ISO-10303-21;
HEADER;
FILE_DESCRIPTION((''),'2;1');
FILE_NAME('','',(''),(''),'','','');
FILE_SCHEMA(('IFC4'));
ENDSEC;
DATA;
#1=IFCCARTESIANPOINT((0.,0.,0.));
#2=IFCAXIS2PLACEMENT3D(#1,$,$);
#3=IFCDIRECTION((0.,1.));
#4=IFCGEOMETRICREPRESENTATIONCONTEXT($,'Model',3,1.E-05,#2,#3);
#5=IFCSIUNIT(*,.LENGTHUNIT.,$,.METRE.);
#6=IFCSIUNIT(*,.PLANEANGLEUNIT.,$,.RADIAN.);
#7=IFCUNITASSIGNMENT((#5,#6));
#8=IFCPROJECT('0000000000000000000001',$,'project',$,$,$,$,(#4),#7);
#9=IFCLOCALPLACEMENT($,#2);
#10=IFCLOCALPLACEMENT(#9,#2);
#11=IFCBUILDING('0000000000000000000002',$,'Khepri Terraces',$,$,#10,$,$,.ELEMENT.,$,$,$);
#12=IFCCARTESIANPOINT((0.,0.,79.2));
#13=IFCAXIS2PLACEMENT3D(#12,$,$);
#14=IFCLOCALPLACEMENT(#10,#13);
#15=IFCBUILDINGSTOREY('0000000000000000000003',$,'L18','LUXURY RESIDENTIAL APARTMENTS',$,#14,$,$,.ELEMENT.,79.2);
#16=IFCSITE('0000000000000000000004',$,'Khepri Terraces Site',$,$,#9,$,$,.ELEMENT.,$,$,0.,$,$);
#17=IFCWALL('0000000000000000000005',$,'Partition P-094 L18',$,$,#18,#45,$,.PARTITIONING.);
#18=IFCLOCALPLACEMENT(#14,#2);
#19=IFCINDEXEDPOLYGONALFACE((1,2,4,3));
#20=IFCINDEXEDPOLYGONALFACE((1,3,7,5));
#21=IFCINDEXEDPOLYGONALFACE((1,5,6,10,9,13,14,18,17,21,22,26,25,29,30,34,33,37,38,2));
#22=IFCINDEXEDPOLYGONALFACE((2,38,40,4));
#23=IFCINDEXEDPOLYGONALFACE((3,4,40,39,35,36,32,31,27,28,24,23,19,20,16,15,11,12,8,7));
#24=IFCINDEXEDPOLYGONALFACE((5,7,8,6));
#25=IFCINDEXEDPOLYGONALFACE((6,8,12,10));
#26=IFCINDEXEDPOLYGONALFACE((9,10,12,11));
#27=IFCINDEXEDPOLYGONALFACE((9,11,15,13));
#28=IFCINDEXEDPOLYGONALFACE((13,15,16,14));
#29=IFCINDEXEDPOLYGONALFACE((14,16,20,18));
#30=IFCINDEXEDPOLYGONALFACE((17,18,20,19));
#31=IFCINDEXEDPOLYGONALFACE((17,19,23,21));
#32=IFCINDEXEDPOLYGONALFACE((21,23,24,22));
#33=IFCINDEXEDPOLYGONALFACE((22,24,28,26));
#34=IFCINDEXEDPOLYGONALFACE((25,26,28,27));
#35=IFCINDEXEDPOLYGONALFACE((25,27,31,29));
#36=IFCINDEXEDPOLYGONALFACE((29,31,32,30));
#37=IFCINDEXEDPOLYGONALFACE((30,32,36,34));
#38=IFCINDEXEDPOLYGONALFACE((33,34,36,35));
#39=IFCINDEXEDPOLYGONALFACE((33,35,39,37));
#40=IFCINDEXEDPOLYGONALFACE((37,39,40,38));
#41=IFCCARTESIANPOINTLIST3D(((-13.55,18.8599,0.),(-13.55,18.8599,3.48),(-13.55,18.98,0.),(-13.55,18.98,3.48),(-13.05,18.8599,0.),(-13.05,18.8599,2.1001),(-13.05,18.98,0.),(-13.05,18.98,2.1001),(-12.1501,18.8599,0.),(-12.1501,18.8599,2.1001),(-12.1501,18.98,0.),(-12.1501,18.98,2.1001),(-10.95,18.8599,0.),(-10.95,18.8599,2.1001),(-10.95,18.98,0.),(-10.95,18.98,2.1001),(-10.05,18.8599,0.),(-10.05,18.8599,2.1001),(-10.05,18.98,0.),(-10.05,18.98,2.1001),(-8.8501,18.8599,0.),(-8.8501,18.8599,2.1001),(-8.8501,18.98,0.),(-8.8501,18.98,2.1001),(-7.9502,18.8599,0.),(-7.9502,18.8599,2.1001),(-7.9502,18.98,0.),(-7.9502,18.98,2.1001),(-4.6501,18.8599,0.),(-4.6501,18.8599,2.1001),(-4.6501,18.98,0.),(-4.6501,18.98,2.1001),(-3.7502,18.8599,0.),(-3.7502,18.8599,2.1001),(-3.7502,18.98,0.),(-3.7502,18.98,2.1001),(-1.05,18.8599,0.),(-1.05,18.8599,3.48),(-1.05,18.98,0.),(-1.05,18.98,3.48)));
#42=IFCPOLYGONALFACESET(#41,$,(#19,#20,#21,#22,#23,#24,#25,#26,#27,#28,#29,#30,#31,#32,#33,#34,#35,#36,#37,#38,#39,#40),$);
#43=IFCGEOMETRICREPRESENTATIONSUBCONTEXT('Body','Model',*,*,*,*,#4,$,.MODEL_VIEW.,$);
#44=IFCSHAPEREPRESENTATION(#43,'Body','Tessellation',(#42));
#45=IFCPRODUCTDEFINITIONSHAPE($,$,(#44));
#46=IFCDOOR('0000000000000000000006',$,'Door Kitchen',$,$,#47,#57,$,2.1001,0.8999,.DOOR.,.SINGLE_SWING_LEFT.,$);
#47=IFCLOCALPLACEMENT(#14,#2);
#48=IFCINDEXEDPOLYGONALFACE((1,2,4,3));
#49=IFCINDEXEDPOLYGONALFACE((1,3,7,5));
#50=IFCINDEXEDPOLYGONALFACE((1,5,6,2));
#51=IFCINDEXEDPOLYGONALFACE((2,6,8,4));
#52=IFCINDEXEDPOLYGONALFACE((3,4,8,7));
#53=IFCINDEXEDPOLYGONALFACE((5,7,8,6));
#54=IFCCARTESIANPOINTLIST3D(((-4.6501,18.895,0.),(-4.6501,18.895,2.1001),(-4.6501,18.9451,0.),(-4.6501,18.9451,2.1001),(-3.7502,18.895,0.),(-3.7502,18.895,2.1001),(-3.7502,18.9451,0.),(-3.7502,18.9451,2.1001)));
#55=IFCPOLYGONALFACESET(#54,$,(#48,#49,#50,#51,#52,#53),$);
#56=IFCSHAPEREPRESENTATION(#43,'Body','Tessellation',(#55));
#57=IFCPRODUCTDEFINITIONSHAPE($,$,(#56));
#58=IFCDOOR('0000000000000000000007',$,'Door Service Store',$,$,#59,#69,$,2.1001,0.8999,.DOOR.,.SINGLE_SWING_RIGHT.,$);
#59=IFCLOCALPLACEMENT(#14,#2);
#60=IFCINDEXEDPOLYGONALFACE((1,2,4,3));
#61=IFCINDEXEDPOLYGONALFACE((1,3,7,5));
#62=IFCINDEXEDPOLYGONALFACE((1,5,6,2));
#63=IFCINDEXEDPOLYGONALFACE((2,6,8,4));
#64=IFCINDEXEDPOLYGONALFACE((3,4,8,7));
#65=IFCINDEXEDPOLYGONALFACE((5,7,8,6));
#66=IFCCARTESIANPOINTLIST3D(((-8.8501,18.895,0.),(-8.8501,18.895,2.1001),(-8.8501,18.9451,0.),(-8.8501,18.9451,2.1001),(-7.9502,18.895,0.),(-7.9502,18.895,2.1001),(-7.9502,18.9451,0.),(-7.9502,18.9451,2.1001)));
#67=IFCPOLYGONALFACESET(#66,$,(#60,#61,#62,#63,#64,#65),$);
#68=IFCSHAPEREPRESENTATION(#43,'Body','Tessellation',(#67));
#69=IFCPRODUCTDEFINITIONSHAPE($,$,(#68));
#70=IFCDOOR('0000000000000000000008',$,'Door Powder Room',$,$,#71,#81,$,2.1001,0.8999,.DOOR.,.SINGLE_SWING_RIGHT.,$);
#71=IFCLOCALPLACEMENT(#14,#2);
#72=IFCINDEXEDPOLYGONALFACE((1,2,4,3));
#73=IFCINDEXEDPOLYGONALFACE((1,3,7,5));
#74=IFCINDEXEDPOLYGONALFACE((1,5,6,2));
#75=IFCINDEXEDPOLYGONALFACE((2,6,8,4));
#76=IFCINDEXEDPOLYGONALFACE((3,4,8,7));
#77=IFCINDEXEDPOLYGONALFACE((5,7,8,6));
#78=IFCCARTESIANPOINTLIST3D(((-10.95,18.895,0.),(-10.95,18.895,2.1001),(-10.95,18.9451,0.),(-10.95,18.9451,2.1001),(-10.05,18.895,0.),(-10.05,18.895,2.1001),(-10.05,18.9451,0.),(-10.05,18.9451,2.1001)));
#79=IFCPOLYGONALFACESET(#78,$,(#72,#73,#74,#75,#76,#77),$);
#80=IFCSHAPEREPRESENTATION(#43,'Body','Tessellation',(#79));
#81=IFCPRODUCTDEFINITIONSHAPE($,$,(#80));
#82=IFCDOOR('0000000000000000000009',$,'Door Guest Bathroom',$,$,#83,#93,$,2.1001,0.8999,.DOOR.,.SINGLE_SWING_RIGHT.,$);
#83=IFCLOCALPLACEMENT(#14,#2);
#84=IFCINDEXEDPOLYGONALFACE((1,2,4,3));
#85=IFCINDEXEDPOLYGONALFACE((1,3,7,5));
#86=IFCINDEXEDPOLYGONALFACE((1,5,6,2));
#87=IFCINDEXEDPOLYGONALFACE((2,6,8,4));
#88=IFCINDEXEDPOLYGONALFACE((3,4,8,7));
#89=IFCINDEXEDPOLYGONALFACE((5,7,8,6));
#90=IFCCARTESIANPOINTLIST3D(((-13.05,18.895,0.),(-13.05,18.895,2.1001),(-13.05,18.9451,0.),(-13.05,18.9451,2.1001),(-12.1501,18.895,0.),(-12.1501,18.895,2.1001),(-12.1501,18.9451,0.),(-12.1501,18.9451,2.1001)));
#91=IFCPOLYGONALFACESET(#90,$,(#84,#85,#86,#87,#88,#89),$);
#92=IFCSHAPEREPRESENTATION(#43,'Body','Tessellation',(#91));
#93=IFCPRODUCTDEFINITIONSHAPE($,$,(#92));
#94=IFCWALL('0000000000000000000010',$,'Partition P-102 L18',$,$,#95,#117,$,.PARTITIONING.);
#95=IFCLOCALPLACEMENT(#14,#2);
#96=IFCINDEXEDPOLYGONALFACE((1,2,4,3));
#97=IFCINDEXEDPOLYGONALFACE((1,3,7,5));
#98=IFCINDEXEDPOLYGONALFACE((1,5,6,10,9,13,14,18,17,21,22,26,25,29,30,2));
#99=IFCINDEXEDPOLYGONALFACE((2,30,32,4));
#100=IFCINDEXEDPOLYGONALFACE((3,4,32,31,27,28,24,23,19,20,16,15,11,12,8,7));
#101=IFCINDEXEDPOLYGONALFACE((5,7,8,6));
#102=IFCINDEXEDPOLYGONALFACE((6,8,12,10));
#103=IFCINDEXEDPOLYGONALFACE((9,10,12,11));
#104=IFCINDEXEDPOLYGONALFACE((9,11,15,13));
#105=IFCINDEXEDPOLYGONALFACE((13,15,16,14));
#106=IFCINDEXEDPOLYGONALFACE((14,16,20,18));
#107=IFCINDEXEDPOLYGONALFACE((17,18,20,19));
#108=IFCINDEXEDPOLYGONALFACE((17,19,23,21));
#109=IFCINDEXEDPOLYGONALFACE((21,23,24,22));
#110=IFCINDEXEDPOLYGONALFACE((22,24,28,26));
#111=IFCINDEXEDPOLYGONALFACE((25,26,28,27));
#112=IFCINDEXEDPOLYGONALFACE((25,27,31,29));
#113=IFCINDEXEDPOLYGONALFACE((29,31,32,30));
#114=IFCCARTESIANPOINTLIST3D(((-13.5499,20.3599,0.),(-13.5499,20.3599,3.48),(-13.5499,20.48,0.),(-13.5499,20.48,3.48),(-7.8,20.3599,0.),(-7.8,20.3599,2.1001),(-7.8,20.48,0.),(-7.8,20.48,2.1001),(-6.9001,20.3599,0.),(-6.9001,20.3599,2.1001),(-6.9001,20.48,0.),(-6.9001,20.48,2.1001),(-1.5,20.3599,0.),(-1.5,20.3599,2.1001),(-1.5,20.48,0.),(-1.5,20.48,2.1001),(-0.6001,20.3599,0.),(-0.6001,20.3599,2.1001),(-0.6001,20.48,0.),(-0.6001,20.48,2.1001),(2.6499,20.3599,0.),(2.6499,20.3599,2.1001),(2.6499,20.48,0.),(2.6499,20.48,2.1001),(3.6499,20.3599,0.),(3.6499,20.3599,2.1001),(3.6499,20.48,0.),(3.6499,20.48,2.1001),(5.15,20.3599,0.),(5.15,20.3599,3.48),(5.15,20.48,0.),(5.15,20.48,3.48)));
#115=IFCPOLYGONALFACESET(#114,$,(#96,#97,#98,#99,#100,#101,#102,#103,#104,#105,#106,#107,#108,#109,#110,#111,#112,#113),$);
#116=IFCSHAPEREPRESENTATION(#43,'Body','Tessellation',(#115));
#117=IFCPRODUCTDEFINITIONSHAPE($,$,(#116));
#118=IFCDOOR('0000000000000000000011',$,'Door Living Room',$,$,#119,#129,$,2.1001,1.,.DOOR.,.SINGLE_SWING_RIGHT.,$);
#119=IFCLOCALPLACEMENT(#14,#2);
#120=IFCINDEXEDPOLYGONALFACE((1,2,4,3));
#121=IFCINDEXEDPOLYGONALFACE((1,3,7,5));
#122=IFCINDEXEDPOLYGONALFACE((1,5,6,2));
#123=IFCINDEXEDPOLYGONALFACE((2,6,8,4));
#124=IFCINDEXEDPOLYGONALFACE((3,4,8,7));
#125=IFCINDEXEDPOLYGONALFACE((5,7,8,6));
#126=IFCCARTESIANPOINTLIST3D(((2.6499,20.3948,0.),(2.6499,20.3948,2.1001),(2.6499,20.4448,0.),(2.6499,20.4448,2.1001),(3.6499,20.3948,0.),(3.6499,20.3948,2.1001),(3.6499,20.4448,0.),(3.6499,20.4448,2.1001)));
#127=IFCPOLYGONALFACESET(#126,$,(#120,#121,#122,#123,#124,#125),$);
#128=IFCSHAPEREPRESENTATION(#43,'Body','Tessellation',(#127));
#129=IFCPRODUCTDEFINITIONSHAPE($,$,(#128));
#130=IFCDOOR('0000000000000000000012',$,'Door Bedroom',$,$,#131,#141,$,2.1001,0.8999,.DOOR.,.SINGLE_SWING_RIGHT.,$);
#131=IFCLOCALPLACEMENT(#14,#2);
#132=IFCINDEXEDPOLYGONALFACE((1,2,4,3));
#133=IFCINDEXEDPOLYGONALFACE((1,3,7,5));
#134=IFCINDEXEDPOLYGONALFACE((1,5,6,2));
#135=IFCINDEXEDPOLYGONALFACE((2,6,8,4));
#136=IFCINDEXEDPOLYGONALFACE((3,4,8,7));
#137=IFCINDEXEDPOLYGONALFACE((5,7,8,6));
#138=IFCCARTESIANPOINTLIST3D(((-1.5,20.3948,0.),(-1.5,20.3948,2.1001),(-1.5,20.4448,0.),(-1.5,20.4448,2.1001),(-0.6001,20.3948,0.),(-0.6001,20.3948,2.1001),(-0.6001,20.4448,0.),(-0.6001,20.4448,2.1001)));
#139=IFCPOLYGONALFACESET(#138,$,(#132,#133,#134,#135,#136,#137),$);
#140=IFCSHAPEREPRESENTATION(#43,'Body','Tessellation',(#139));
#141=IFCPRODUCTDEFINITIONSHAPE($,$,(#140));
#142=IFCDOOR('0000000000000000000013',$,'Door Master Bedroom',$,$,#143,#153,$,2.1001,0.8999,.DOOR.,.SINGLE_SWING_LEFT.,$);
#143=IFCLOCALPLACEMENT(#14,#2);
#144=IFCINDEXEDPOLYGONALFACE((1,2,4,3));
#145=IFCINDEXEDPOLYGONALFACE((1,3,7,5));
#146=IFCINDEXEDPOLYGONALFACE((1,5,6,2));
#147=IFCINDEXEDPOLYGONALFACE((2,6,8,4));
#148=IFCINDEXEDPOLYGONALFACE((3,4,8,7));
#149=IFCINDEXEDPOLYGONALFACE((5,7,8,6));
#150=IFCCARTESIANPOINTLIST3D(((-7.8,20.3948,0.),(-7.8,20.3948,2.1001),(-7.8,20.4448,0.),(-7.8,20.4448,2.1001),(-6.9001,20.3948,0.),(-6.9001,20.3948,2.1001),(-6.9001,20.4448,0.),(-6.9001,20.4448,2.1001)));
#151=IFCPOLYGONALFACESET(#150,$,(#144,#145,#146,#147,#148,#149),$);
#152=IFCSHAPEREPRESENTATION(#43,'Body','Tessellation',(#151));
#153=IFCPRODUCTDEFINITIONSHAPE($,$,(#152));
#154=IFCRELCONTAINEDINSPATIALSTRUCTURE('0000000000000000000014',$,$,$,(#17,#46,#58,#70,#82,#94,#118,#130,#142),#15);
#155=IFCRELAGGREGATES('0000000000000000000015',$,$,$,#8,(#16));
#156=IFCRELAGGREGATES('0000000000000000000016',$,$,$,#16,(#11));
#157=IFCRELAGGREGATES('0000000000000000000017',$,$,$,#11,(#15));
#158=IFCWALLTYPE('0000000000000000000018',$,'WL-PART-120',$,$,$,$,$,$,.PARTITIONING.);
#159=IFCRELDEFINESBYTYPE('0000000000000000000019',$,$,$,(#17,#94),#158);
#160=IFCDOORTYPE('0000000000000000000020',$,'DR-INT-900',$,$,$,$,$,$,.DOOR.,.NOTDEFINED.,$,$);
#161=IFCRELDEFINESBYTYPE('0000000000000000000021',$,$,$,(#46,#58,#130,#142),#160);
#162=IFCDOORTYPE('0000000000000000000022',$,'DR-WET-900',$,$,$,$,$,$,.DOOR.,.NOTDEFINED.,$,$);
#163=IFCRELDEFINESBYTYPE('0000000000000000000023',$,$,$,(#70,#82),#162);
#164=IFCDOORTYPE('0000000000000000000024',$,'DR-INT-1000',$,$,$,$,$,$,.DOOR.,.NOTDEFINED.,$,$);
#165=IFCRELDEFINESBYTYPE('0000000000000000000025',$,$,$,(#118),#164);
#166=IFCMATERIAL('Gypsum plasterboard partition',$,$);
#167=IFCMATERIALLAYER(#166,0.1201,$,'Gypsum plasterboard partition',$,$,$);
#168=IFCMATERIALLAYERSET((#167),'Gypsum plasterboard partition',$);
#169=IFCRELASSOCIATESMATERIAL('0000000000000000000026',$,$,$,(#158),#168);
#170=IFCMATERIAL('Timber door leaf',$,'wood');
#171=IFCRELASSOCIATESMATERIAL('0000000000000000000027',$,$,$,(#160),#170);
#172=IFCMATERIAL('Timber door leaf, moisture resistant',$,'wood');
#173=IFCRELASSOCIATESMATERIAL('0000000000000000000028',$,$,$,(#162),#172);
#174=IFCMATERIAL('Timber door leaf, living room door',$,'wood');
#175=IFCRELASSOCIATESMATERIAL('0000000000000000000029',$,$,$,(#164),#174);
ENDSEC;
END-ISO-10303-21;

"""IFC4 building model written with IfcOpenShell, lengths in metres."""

from ifc_helpers import new_model, si_unit, direction, frame, frame_2d, origin, place, context, subcontext, project, spatial, rectangle, extrude, material, layer, layer_set, type_object, element, fill, save


model = new_model("IFC4")

# Units and contexts
model_context = context("Model", 3, precision=1e-05, world=origin(), true_north=direction((0.0, 1.0)))
body_context = subcontext(model_context, "Body", "Model", "MODEL_VIEW")
ifc_project = project(units=[si_unit("LENGTHUNIT", "METRE"), si_unit("PLANEANGLEUNIT", "RADIAN")], contexts=[model_context])

# Site, building, storey
site_placement = place(None, origin())
site = spatial("IfcSite", under=ifc_project, at=site_placement, Name="Khepri Terraces Site", CompositionType="ELEMENT", RefElevation=0.0)
building_placement = place(site_placement, origin())
building = spatial("IfcBuilding", under=site, at=building_placement, Name="Khepri Terraces", CompositionType="ELEMENT")
storey_placement = place(building_placement, frame((0.0, 0.0, 79.2)))
storey = spatial("IfcBuildingStorey", under=building, at=storey_placement, Name="L18", Description="LUXURY RESIDENTIAL APARTMENTS", CompositionType="ELEMENT", Elevation=79.2)

# Shared definitions
ifc_material_1 = material(Name="Gypsum plasterboard partition")
ifc_layer_1 = layer(ifc_material_1, 0.1201, Name="Gypsum plasterboard partition")
ifc_layer_set_1 = layer_set([ifc_layer_1], Name="Gypsum plasterboard partition")
wall_type_1 = type_object("IfcWallType", Name="WL-PART-120", PredefinedType="PARTITIONING", material=ifc_layer_set_1)

# Walls, openings, doors
wall_1_placement = place(storey_placement, frame((-13.55, 18.9199, 0.0), z_axis=(0.0, 0.0, 1.0), x_axis=(1.0, 0.0, 0.0)))
wall_1 = element("IfcWall", 1, at=wall_1_placement, inside=storey, type_object=wall_type_1, Name="Partition P-094 L18", PredefinedType="PARTITIONING", context=body_context, shape_type="SweptSolid", body=[
    extrude(rectangle(XDim=12.5, YDim=0.1201, at=frame_2d((6.25, 0.0))), origin(), (0.0, 0.0, 1.0), 3.48),
])
opening_1_placement = place(wall_1_placement, frame((8.8999, 0.0, 0.0)))
opening_1 = element("IfcOpeningElement", 2, at=opening_1_placement, cuts=wall_1, PredefinedType="OPENING", context=body_context, shape_type="SweptSolid", body=[
    extrude(rectangle(XDim=0.8999, YDim=2.1001, at=frame_2d((0.45, 1.05))), frame((0.0, 0.0701, 0.0), z_axis=(0.0, -1.0, 0.0), x_axis=(1.0, 0.0, 0.0)), (0.0, 0.0, 1.0), 0.1401),
])
opening_2_placement = place(wall_1_placement, frame((4.7, 0.0, 0.0)))
opening_2 = element("IfcOpeningElement", 3, at=opening_2_placement, cuts=wall_1, PredefinedType="OPENING", context=body_context, shape_type="SweptSolid", body=[
    extrude(rectangle(XDim=0.8999, YDim=2.1001, at=frame_2d((0.45, 1.05))), frame((0.0, 0.0701, 0.0), z_axis=(0.0, -1.0, 0.0), x_axis=(1.0, 0.0, 0.0)), (0.0, 0.0, 1.0), 0.1401),
])
opening_3_placement = place(wall_1_placement, frame((2.6001, 0.0, 0.0)))
opening_3 = element("IfcOpeningElement", 4, at=opening_3_placement, cuts=wall_1, PredefinedType="OPENING", context=body_context, shape_type="SweptSolid", body=[
    extrude(rectangle(XDim=0.8999, YDim=2.1001, at=frame_2d((0.45, 1.05))), frame((0.0, 0.0701, 0.0), z_axis=(0.0, -1.0, 0.0), x_axis=(1.0, 0.0, 0.0)), (0.0, 0.0, 1.0), 0.1401),
])
opening_4_placement = place(wall_1_placement, frame((0.5, 0.0, 0.0)))
opening_4 = element("IfcOpeningElement", 5, at=opening_4_placement, cuts=wall_1, PredefinedType="OPENING", context=body_context, shape_type="SweptSolid", body=[
    extrude(rectangle(XDim=0.8999, YDim=2.1001, at=frame_2d((0.45, 1.05))), frame((0.0, 0.0701, 0.0), z_axis=(0.0, -1.0, 0.0), x_axis=(1.0, 0.0, 0.0)), (0.0, 0.0, 1.0), 0.1401),
])
ifc_material_2 = material(Name="Timber door leaf", Category="wood")
door_type_1 = type_object("IfcDoorType", Name="DR-INT-900", OperationType="NOTDEFINED", PredefinedType="DOOR", material=ifc_material_2)
door_1_placement = place(opening_1_placement, frame((0.8999, 0.0, 0.0), z_axis=(0.0, 0.0, 1.0), x_axis=(-1.0, 0.0, 0.0)))
door_1 = element("IfcDoor", 6, at=door_1_placement, inside=storey, type_object=door_type_1, Name="Door Kitchen", OperationType="SINGLE_SWING_LEFT", OverallHeight=2.1001, OverallWidth=0.8999, PredefinedType="DOOR", context=body_context, shape_type="SweptSolid", body=[
    extrude(rectangle(XDim=0.8999, YDim=2.1001, at=frame_2d((0.45, 1.05))), frame((0.0, 0.0249, 0.0), z_axis=(0.0, -1.0, 0.0), x_axis=(1.0, 0.0, 0.0)), (0.0, 0.0, 1.0), 0.05),
])
fill(opening_1, door_1)
door_2_placement = place(opening_2_placement, frame((0.8999, 0.0, 0.0), z_axis=(0.0, 0.0, 1.0), x_axis=(-1.0, 0.0, 0.0)))
door_2 = element("IfcDoor", 7, at=door_2_placement, inside=storey, type_object=door_type_1, Name="Door Service Store", OperationType="SINGLE_SWING_RIGHT", OverallHeight=2.1001, OverallWidth=0.8999, PredefinedType="DOOR", context=body_context, shape_type="SweptSolid", body=[
    extrude(rectangle(XDim=0.8999, YDim=2.1001, at=frame_2d((0.45, 1.05))), frame((0.0, 0.0249, 0.0), z_axis=(0.0, -1.0, 0.0), x_axis=(1.0, 0.0, 0.0)), (0.0, 0.0, 1.0), 0.05),
])
fill(opening_2, door_2)
ifc_material_3 = material(Name="Timber door leaf, moisture resistant", Category="wood")
door_type_2 = type_object("IfcDoorType", Name="DR-WET-900", OperationType="NOTDEFINED", PredefinedType="DOOR", material=ifc_material_3)
door_3_placement = place(opening_3_placement, frame((0.8999, 0.0, 0.0), z_axis=(0.0, 0.0, 1.0), x_axis=(-1.0, 0.0, 0.0)))
door_3 = element("IfcDoor", 8, at=door_3_placement, inside=storey, type_object=door_type_2, Name="Door Powder Room", OperationType="SINGLE_SWING_RIGHT", OverallHeight=2.1001, OverallWidth=0.8999, PredefinedType="DOOR", context=body_context, shape_type="SweptSolid", body=[
    extrude(rectangle(XDim=0.8999, YDim=2.1001, at=frame_2d((0.45, 1.05))), frame((0.0, 0.0249, 0.0), z_axis=(0.0, -1.0, 0.0), x_axis=(1.0, 0.0, 0.0)), (0.0, 0.0, 1.0), 0.05),
])
fill(opening_3, door_3)
door_4_placement = place(opening_4_placement, frame((0.8999, 0.0, 0.0), z_axis=(0.0, 0.0, 1.0), x_axis=(-1.0, 0.0, 0.0)))
door_4 = element("IfcDoor", 9, at=door_4_placement, inside=storey, type_object=door_type_2, Name="Door Guest Bathroom", OperationType="SINGLE_SWING_RIGHT", OverallHeight=2.1001, OverallWidth=0.8999, PredefinedType="DOOR", context=body_context, shape_type="SweptSolid", body=[
    extrude(rectangle(XDim=0.8999, YDim=2.1001, at=frame_2d((0.45, 1.05))), frame((0.0, 0.0249, 0.0), z_axis=(0.0, -1.0, 0.0), x_axis=(1.0, 0.0, 0.0)), (0.0, 0.0, 1.0), 0.05),
])
fill(opening_4, door_4)
wall_2_placement = place(storey_placement, frame((-13.55, 20.4199, 0.0), z_axis=(0.0, 0.0, 1.0), x_axis=(1.0, 0.0, 0.0)))
wall_2 = element("IfcWall", 10, at=wall_2_placement, inside=storey, type_object=wall_type_1, Name="Partition P-102 L18", PredefinedType="PARTITIONING", context=body_context, shape_type="SweptSolid", body=[
    extrude(rectangle(XDim=18.7, YDim=0.1201, at=frame_2d((9.3501, 0.0))), origin(), (0.0, 0.0, 1.0), 3.48),
])
opening_5_placement = place(wall_2_placement, frame((16.2, 0.0, 0.0)))
opening_5 = element("IfcOpeningElement", 11, at=opening_5_placement, cuts=wall_2, PredefinedType="OPENING", context=body_context, shape_type="SweptSolid", body=[
    extrude(rectangle(XDim=1.0, YDim=2.1001, at=frame_2d((0.5, 1.05))), frame((0.0, 0.0701, 0.0), z_axis=(0.0, -1.0, 0.0), x_axis=(1.0, 0.0, 0.0)), (0.0, 0.0, 1.0), 0.1401),
])
opening_6_placement = place(wall_2_placement, frame((12.05, 0.0, 0.0)))
opening_6 = element("IfcOpeningElement", 12, at=opening_6_placement, cuts=wall_2, PredefinedType="OPENING", context=body_context, shape_type="SweptSolid", body=[
    extrude(rectangle(XDim=0.8999, YDim=2.1001, at=frame_2d((0.45, 1.05))), frame((0.0, 0.0701, 0.0), z_axis=(0.0, -1.0, 0.0), x_axis=(1.0, 0.0, 0.0)), (0.0, 0.0, 1.0), 0.1401),
])
opening_7_placement = place(wall_2_placement, frame((5.75, 0.0, 0.0)))
opening_7 = element("IfcOpeningElement", 13, at=opening_7_placement, cuts=wall_2, PredefinedType="OPENING", context=body_context, shape_type="SweptSolid", body=[
    extrude(rectangle(XDim=0.8999, YDim=2.1001, at=frame_2d((0.45, 1.05))), frame((0.0, 0.0701, 0.0), z_axis=(0.0, -1.0, 0.0), x_axis=(1.0, 0.0, 0.0)), (0.0, 0.0, 1.0), 0.1401),
])
ifc_material_4 = material(Name="Timber door leaf, living room door", Category="wood")
door_type_3 = type_object("IfcDoorType", Name="DR-INT-1000", OperationType="NOTDEFINED", PredefinedType="DOOR", material=ifc_material_4)
door_5_placement = place(opening_5_placement, origin())
door_5 = element("IfcDoor", 14, at=door_5_placement, inside=storey, type_object=door_type_3, Name="Door Living Room", OperationType="SINGLE_SWING_RIGHT", OverallHeight=2.1001, OverallWidth=1.0, PredefinedType="DOOR", context=body_context, shape_type="SweptSolid", body=[
    extrude(rectangle(XDim=1.0, YDim=2.1001, at=frame_2d((0.5, 1.05))), frame((0.0, 0.0249, 0.0), z_axis=(0.0, -1.0, 0.0), x_axis=(1.0, 0.0, 0.0)), (0.0, 0.0, 1.0), 0.05),
])
fill(opening_5, door_5)
door_6_placement = place(opening_6_placement, origin())
door_6 = element("IfcDoor", 15, at=door_6_placement, inside=storey, type_object=door_type_1, Name="Door Bedroom", OperationType="SINGLE_SWING_RIGHT", OverallHeight=2.1001, OverallWidth=0.8999, PredefinedType="DOOR", context=body_context, shape_type="SweptSolid", body=[
    extrude(rectangle(XDim=0.8999, YDim=2.1001, at=frame_2d((0.45, 1.05))), frame((0.0, 0.0249, 0.0), z_axis=(0.0, -1.0, 0.0), x_axis=(1.0, 0.0, 0.0)), (0.0, 0.0, 1.0), 0.05),
])
fill(opening_6, door_6)
door_7_placement = place(opening_7_placement, origin())
door_7 = element("IfcDoor", 16, at=door_7_placement, inside=storey, type_object=door_type_1, Name="Door Master Bedroom", OperationType="SINGLE_SWING_LEFT", OverallHeight=2.1001, OverallWidth=0.8999, PredefinedType="DOOR", context=body_context, shape_type="SweptSolid", body=[
    extrude(rectangle(XDim=0.8999, YDim=2.1001, at=frame_2d((0.45, 1.05))), frame((0.0, 0.0249, 0.0), z_axis=(0.0, -1.0, 0.0), x_axis=(1.0, 0.0, 0.0)), (0.0, 0.0, 1.0), 0.05),
])
fill(opening_7, door_7)

save(model, "model.ifc")
